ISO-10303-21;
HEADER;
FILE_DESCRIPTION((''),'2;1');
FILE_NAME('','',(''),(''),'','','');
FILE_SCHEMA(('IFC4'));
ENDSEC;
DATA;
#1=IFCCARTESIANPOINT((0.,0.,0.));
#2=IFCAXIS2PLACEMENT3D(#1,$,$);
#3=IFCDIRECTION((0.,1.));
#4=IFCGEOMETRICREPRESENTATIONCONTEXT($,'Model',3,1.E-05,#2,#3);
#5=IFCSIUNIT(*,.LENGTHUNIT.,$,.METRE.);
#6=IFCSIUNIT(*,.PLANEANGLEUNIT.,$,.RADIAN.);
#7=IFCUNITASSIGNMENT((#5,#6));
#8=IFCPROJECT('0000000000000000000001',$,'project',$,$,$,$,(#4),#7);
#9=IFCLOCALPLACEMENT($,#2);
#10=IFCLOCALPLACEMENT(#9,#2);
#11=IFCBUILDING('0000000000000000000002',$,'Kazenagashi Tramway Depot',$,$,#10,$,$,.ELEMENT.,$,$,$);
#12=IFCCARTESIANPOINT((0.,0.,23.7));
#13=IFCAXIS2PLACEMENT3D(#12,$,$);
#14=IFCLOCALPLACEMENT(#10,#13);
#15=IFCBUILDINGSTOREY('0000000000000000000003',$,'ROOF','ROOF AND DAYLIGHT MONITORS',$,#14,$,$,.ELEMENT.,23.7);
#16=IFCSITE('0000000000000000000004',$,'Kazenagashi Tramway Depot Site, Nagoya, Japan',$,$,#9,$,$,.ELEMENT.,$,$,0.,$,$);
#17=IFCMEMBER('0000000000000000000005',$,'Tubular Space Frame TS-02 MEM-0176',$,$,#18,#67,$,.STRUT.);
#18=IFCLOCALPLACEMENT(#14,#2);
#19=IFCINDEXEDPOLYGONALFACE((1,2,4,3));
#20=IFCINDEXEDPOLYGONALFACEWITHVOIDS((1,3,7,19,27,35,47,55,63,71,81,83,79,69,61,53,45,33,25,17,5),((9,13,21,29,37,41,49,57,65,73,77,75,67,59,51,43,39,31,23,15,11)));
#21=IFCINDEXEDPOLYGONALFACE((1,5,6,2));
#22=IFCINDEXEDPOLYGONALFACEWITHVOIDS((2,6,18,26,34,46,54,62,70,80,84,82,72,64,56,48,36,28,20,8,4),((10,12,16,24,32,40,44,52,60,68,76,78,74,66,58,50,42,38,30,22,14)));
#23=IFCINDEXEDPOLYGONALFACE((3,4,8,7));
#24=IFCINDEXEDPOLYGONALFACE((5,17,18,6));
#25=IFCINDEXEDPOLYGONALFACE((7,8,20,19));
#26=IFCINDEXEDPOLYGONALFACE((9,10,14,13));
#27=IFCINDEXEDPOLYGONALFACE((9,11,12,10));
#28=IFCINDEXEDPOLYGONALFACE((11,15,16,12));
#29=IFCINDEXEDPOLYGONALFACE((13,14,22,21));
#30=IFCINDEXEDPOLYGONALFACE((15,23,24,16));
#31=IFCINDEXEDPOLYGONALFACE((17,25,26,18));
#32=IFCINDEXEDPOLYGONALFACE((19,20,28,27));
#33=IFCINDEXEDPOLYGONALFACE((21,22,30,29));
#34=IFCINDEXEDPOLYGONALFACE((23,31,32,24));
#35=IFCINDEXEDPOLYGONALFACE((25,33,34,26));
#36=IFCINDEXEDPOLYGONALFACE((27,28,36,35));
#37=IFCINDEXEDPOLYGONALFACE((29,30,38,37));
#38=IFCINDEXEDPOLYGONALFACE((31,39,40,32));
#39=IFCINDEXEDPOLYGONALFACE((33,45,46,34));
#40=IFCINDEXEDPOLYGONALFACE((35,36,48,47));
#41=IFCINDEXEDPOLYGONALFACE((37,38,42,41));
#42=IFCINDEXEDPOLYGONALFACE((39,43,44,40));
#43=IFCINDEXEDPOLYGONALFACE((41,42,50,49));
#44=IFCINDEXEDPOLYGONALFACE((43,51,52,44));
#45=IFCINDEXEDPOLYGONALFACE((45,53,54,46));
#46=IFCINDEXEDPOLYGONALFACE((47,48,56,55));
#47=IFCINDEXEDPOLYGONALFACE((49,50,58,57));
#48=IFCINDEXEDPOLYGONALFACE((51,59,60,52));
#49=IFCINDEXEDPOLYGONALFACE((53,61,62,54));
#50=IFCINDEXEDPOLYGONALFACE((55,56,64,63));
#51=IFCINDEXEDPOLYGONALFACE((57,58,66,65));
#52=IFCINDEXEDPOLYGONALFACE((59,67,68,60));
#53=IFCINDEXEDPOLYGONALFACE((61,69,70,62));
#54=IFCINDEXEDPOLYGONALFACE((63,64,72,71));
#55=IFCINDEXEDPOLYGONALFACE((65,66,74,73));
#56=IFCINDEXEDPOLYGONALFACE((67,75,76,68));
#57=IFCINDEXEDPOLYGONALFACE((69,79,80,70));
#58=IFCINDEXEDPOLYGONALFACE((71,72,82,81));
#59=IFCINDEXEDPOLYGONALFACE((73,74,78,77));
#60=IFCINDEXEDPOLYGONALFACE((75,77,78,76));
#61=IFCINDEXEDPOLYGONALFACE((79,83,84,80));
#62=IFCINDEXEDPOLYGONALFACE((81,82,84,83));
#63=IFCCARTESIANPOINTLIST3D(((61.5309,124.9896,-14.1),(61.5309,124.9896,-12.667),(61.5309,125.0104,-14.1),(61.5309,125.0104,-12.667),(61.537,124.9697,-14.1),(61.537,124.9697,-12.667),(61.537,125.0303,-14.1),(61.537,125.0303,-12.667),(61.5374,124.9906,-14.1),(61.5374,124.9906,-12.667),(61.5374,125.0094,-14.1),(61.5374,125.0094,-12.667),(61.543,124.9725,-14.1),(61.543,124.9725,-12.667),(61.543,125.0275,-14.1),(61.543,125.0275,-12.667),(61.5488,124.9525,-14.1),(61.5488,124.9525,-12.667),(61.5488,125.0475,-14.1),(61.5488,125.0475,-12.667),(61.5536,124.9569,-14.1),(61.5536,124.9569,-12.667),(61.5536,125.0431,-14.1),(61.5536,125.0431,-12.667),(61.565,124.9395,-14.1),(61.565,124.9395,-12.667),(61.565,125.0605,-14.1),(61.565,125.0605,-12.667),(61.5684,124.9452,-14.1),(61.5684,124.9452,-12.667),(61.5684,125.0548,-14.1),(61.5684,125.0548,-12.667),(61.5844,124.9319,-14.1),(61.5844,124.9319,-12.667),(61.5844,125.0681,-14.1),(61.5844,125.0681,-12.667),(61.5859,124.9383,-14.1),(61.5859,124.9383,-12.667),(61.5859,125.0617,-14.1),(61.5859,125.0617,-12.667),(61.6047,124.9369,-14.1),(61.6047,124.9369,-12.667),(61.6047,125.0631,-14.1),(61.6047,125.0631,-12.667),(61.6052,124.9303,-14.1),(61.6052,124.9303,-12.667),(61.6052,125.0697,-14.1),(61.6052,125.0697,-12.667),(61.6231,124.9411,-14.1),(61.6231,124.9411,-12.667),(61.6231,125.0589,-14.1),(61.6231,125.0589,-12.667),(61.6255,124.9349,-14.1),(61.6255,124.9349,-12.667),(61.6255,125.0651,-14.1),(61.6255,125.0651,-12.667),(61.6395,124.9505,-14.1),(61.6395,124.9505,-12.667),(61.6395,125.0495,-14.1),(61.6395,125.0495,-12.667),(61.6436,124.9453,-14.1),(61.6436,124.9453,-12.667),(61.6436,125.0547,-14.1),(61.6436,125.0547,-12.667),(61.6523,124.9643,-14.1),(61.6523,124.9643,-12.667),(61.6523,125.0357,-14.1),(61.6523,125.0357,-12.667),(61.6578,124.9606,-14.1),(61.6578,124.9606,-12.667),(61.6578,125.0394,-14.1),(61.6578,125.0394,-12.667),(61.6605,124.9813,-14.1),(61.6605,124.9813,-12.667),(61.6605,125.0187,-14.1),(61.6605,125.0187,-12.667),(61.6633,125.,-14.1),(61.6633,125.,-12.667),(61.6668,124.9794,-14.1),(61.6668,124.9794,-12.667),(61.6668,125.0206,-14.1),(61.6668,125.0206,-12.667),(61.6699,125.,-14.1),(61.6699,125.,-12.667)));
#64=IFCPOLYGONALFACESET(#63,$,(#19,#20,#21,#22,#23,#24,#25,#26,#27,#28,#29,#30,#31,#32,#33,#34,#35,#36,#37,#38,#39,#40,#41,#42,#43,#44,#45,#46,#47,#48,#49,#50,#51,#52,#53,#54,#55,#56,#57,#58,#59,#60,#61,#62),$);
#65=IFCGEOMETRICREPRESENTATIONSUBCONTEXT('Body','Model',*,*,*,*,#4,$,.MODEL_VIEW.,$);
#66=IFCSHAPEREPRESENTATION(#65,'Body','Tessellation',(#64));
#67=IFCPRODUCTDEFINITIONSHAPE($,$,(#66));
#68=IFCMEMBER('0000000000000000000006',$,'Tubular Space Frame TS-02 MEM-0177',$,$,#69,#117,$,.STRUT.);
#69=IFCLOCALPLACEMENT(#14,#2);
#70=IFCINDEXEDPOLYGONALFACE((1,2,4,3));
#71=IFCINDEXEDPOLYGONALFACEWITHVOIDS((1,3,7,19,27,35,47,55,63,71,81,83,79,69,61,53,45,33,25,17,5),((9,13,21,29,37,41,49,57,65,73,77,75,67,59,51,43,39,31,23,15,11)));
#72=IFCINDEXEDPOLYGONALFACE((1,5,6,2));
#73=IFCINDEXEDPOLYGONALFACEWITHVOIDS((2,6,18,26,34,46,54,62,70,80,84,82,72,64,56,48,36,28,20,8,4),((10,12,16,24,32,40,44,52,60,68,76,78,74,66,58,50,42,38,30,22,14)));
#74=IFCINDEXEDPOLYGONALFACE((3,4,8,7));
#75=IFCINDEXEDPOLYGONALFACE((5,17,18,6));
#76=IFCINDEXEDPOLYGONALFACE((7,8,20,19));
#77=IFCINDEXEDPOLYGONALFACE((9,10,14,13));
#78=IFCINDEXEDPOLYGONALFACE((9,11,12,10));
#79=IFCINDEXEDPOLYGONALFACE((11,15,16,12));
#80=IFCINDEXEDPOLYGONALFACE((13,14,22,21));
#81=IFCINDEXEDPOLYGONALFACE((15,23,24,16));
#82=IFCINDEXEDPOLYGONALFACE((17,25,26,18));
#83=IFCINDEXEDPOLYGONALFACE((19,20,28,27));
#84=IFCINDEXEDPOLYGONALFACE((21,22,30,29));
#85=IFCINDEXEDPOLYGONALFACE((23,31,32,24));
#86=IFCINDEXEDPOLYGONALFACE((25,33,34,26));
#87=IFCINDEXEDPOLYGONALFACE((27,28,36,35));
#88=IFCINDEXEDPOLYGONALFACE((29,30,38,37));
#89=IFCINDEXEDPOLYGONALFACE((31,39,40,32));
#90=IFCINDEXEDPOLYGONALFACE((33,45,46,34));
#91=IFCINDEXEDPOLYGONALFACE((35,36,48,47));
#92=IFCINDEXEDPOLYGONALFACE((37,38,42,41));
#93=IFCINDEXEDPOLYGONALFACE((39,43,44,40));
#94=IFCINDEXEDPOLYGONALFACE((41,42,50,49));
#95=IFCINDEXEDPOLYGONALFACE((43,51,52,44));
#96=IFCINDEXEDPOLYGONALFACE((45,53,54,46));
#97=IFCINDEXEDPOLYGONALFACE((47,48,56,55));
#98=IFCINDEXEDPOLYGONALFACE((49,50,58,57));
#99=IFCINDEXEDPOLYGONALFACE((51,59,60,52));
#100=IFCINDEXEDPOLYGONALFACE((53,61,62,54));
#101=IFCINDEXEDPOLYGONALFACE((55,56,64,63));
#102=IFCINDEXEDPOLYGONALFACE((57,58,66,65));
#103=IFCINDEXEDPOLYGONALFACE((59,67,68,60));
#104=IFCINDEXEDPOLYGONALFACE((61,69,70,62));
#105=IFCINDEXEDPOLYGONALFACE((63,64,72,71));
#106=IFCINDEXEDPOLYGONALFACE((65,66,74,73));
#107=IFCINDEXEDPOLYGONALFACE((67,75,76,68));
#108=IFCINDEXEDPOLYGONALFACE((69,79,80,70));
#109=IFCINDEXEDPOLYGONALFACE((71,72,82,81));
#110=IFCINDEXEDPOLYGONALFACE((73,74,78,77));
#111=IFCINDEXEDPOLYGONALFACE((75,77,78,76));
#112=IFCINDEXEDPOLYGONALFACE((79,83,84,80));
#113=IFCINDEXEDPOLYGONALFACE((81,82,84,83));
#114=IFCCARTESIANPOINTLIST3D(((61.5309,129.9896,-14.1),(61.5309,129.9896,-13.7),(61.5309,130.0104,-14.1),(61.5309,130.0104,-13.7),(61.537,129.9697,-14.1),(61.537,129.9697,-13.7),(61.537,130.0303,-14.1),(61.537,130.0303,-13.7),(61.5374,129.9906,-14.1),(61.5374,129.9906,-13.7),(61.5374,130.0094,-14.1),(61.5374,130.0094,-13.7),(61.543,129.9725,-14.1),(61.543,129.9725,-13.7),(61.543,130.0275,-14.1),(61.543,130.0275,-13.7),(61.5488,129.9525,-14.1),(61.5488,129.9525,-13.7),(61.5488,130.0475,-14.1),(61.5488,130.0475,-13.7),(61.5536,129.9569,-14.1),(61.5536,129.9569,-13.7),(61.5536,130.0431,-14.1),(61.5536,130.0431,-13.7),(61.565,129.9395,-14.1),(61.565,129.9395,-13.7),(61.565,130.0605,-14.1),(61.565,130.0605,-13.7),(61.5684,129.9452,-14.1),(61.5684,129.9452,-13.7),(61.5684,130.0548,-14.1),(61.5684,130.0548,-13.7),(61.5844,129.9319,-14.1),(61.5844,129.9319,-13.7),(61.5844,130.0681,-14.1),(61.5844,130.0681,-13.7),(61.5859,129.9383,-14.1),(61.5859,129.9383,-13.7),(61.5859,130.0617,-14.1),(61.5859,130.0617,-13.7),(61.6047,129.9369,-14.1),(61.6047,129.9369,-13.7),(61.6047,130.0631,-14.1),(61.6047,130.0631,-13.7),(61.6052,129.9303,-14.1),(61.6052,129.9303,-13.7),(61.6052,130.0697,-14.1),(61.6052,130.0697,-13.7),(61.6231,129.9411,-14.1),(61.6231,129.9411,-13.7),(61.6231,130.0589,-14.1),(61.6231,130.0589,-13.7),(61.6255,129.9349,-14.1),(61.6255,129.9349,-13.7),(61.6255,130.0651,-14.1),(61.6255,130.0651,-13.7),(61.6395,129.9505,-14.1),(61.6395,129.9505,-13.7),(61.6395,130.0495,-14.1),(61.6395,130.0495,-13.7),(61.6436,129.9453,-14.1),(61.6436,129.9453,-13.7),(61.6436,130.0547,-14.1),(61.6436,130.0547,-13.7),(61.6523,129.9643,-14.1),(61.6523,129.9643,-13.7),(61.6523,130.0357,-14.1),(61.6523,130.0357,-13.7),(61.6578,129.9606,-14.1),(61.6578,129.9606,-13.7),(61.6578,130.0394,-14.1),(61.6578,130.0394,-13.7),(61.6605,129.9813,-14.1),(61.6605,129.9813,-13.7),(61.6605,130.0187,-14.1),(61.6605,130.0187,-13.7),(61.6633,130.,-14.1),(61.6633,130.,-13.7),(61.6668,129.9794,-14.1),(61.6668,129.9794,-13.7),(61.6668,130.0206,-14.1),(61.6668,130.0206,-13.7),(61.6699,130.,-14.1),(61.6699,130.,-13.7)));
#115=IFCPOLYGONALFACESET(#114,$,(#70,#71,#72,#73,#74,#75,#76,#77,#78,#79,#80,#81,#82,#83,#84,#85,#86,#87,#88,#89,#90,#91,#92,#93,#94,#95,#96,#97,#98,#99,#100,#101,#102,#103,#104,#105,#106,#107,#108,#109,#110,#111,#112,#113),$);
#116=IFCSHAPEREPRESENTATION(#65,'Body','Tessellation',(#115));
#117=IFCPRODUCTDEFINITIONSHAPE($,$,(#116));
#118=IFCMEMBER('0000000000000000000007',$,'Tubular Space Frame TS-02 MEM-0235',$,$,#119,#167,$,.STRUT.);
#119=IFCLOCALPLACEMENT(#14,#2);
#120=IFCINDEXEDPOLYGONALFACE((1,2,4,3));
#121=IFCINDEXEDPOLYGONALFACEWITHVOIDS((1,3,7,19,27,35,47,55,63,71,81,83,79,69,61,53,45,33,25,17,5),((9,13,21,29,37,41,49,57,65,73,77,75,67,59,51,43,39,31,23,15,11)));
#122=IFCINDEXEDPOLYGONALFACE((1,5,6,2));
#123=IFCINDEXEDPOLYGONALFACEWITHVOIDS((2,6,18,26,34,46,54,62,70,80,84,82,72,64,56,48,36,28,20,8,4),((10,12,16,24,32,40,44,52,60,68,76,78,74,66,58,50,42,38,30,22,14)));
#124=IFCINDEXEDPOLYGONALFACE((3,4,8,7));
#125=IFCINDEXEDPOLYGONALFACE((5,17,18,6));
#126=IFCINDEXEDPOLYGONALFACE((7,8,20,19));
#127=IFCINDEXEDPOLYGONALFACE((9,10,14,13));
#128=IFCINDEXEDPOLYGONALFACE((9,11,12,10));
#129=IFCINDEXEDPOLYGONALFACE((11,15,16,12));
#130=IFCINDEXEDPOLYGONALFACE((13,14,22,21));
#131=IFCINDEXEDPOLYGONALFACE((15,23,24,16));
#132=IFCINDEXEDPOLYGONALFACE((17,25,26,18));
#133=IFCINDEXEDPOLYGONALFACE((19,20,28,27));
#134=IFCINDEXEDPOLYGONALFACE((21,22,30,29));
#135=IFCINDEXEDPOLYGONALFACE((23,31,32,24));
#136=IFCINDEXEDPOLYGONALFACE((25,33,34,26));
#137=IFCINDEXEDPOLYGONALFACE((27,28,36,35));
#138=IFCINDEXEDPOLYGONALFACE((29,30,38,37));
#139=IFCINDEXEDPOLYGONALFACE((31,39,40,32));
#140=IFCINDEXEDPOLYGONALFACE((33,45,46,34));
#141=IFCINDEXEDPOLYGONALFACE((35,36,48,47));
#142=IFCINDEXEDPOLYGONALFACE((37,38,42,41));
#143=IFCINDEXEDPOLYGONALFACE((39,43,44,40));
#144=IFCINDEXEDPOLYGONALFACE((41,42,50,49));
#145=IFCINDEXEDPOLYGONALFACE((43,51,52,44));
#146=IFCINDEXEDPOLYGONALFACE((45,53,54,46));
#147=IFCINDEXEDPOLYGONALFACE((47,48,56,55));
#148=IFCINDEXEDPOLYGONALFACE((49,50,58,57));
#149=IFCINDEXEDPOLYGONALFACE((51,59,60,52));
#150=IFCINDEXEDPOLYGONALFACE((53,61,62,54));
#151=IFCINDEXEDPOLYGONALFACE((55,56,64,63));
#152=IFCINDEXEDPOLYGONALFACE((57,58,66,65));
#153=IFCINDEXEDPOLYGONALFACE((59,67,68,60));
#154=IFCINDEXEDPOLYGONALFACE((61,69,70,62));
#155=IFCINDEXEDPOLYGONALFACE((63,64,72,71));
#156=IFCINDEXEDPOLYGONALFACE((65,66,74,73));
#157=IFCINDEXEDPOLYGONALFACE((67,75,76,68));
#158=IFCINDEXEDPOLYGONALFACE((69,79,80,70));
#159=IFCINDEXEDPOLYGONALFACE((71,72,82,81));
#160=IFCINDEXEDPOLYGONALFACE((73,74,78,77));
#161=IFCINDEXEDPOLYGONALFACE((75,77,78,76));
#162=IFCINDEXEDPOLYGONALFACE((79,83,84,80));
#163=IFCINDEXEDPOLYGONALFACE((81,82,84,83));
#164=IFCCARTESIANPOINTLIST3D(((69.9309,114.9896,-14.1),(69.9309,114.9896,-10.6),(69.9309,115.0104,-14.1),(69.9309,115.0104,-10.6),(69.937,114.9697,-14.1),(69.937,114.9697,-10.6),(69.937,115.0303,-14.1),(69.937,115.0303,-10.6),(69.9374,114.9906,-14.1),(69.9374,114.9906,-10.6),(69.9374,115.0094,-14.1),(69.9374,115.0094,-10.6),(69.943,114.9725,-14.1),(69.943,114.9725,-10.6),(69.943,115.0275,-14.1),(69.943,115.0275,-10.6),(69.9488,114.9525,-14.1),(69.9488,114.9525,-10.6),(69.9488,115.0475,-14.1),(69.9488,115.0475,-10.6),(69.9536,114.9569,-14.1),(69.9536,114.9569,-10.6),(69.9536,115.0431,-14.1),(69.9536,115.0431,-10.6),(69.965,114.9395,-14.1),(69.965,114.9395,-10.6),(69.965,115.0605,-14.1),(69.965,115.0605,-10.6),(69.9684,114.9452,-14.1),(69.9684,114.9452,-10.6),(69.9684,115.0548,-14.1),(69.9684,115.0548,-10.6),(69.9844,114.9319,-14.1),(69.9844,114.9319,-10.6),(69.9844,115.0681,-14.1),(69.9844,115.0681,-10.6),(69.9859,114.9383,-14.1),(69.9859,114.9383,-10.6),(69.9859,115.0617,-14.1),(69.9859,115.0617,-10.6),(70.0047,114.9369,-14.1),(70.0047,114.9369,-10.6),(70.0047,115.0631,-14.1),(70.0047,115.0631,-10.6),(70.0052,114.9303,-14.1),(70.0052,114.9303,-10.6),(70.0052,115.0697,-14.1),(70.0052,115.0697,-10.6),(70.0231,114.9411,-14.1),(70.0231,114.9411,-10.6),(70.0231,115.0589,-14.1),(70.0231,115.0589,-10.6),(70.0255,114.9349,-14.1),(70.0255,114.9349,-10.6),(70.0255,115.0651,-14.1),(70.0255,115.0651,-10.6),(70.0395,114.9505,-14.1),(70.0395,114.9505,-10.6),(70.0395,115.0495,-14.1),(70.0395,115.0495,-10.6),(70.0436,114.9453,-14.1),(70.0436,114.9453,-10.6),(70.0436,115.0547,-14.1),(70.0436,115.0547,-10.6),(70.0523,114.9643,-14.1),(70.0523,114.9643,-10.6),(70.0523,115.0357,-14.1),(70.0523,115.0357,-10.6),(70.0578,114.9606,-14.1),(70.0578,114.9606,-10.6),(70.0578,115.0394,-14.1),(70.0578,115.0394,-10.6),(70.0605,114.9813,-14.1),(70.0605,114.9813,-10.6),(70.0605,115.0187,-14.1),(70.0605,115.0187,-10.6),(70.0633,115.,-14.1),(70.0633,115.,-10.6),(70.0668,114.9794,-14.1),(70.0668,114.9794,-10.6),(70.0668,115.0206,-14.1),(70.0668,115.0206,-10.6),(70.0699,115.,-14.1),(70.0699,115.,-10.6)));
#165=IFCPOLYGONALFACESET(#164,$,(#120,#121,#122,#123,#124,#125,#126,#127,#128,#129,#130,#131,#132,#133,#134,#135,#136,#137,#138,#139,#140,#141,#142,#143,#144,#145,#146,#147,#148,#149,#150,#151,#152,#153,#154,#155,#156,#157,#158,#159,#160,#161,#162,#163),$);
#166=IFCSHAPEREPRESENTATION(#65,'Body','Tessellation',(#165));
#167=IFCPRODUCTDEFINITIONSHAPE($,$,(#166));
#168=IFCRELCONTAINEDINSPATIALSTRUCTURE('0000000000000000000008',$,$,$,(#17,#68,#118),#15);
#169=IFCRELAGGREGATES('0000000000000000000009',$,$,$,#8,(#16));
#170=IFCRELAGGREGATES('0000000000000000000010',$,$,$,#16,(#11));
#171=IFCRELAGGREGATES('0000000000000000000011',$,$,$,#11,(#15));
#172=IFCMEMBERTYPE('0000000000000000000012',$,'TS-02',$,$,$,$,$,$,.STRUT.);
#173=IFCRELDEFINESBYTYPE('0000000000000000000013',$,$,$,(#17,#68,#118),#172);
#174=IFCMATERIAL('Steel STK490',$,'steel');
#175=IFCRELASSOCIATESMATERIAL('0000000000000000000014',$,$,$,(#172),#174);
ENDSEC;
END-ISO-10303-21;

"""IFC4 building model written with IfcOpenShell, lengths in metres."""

from ifc_helpers import new_model, si_unit, direction, frame, origin, origin_2d, place, context, subcontext, project, spatial, hollow_circle, extrude, material, material_profile, profile_set, type_object, element, save


model = new_model("IFC4")

# Units and contexts
model_context = context("Model", 3, precision=1e-05, world=origin(), true_north=direction((0.0, 1.0)))
body_context = subcontext(model_context, "Body", "Model", "MODEL_VIEW")
ifc_project = project(units=[si_unit("LENGTHUNIT", "METRE"), si_unit("PLANEANGLEUNIT", "RADIAN")], contexts=[model_context])

# Site, building, storey
site_placement = place(None, origin())
site = spatial("IfcSite", under=ifc_project, at=site_placement, Name="Kazenagashi Tramway Depot Site, Nagoya, Japan", CompositionType="ELEMENT", RefElevation=0.0)
building_placement = place(site_placement, origin())
building = spatial("IfcBuilding", under=site, at=building_placement, Name="Kazenagashi Tramway Depot", CompositionType="ELEMENT")
storey_placement = place(building_placement, frame((0.0, 0.0, 23.7)))
storey = spatial("IfcBuildingStorey", under=building, at=storey_placement, Name="ROOF", Description="ROOF AND DAYLIGHT MONITORS", CompositionType="ELEMENT", Elevation=23.7)

# Members
ifc_material_1 = material(Name="Steel STK490", Category="steel")
ifc_material_profile_1 = material_profile(ifc_material_1, hollow_circle(Radius=0.0699, WallThickness=0.0066, at=origin_2d()), Name="CHS-139.8x6.6")
ifc_profile_set_1 = profile_set([ifc_material_profile_1], Name="Steel STK490")
member_type_1 = type_object("IfcMemberType", Name="TS-02", PredefinedType="STRUT", material=ifc_profile_set_1)
member_1_placement = place(storey_placement, frame((61.6, 125.0, -14.1), z_axis=(0.0, 0.0, 1.0), x_axis=(1.0, 0.0, 0.0)))
element("IfcMember", 1, at=member_1_placement, inside=storey, type_object=member_type_1, Name="Tubular Space Frame TS-02 MEM-0176", PredefinedType="STRUT", context=body_context, shape_type="SweptSolid", body=[
    extrude(hollow_circle(Radius=0.0699, WallThickness=0.0066, at=origin_2d()), origin(), (0.0, 0.0, 1.0), 1.433),
])
member_2_placement = place(storey_placement, frame((61.6, 130.0, -14.1), z_axis=(0.0, 0.0, 1.0), x_axis=(1.0, 0.0, 0.0)))
element("IfcMember", 2, at=member_2_placement, inside=storey, type_object=member_type_1, Name="Tubular Space Frame TS-02 MEM-0177", PredefinedType="STRUT", context=body_context, shape_type="SweptSolid", body=[
    extrude(hollow_circle(Radius=0.0699, WallThickness=0.0066, at=origin_2d()), origin(), (0.0, 0.0, 1.0), 0.4),
])
member_3_placement = place(storey_placement, frame((70.0, 115.0, -14.1), z_axis=(0.0, 0.0, 1.0), x_axis=(1.0, 0.0, 0.0)))
element("IfcMember", 3, at=member_3_placement, inside=storey, type_object=member_type_1, Name="Tubular Space Frame TS-02 MEM-0235", PredefinedType="STRUT", context=body_context, shape_type="SweptSolid", body=[
    extrude(hollow_circle(Radius=0.0699, WallThickness=0.0066, at=origin_2d()), origin(), (0.0, 0.0, 1.0), 3.5),
])

save(model, "model.ifc")
